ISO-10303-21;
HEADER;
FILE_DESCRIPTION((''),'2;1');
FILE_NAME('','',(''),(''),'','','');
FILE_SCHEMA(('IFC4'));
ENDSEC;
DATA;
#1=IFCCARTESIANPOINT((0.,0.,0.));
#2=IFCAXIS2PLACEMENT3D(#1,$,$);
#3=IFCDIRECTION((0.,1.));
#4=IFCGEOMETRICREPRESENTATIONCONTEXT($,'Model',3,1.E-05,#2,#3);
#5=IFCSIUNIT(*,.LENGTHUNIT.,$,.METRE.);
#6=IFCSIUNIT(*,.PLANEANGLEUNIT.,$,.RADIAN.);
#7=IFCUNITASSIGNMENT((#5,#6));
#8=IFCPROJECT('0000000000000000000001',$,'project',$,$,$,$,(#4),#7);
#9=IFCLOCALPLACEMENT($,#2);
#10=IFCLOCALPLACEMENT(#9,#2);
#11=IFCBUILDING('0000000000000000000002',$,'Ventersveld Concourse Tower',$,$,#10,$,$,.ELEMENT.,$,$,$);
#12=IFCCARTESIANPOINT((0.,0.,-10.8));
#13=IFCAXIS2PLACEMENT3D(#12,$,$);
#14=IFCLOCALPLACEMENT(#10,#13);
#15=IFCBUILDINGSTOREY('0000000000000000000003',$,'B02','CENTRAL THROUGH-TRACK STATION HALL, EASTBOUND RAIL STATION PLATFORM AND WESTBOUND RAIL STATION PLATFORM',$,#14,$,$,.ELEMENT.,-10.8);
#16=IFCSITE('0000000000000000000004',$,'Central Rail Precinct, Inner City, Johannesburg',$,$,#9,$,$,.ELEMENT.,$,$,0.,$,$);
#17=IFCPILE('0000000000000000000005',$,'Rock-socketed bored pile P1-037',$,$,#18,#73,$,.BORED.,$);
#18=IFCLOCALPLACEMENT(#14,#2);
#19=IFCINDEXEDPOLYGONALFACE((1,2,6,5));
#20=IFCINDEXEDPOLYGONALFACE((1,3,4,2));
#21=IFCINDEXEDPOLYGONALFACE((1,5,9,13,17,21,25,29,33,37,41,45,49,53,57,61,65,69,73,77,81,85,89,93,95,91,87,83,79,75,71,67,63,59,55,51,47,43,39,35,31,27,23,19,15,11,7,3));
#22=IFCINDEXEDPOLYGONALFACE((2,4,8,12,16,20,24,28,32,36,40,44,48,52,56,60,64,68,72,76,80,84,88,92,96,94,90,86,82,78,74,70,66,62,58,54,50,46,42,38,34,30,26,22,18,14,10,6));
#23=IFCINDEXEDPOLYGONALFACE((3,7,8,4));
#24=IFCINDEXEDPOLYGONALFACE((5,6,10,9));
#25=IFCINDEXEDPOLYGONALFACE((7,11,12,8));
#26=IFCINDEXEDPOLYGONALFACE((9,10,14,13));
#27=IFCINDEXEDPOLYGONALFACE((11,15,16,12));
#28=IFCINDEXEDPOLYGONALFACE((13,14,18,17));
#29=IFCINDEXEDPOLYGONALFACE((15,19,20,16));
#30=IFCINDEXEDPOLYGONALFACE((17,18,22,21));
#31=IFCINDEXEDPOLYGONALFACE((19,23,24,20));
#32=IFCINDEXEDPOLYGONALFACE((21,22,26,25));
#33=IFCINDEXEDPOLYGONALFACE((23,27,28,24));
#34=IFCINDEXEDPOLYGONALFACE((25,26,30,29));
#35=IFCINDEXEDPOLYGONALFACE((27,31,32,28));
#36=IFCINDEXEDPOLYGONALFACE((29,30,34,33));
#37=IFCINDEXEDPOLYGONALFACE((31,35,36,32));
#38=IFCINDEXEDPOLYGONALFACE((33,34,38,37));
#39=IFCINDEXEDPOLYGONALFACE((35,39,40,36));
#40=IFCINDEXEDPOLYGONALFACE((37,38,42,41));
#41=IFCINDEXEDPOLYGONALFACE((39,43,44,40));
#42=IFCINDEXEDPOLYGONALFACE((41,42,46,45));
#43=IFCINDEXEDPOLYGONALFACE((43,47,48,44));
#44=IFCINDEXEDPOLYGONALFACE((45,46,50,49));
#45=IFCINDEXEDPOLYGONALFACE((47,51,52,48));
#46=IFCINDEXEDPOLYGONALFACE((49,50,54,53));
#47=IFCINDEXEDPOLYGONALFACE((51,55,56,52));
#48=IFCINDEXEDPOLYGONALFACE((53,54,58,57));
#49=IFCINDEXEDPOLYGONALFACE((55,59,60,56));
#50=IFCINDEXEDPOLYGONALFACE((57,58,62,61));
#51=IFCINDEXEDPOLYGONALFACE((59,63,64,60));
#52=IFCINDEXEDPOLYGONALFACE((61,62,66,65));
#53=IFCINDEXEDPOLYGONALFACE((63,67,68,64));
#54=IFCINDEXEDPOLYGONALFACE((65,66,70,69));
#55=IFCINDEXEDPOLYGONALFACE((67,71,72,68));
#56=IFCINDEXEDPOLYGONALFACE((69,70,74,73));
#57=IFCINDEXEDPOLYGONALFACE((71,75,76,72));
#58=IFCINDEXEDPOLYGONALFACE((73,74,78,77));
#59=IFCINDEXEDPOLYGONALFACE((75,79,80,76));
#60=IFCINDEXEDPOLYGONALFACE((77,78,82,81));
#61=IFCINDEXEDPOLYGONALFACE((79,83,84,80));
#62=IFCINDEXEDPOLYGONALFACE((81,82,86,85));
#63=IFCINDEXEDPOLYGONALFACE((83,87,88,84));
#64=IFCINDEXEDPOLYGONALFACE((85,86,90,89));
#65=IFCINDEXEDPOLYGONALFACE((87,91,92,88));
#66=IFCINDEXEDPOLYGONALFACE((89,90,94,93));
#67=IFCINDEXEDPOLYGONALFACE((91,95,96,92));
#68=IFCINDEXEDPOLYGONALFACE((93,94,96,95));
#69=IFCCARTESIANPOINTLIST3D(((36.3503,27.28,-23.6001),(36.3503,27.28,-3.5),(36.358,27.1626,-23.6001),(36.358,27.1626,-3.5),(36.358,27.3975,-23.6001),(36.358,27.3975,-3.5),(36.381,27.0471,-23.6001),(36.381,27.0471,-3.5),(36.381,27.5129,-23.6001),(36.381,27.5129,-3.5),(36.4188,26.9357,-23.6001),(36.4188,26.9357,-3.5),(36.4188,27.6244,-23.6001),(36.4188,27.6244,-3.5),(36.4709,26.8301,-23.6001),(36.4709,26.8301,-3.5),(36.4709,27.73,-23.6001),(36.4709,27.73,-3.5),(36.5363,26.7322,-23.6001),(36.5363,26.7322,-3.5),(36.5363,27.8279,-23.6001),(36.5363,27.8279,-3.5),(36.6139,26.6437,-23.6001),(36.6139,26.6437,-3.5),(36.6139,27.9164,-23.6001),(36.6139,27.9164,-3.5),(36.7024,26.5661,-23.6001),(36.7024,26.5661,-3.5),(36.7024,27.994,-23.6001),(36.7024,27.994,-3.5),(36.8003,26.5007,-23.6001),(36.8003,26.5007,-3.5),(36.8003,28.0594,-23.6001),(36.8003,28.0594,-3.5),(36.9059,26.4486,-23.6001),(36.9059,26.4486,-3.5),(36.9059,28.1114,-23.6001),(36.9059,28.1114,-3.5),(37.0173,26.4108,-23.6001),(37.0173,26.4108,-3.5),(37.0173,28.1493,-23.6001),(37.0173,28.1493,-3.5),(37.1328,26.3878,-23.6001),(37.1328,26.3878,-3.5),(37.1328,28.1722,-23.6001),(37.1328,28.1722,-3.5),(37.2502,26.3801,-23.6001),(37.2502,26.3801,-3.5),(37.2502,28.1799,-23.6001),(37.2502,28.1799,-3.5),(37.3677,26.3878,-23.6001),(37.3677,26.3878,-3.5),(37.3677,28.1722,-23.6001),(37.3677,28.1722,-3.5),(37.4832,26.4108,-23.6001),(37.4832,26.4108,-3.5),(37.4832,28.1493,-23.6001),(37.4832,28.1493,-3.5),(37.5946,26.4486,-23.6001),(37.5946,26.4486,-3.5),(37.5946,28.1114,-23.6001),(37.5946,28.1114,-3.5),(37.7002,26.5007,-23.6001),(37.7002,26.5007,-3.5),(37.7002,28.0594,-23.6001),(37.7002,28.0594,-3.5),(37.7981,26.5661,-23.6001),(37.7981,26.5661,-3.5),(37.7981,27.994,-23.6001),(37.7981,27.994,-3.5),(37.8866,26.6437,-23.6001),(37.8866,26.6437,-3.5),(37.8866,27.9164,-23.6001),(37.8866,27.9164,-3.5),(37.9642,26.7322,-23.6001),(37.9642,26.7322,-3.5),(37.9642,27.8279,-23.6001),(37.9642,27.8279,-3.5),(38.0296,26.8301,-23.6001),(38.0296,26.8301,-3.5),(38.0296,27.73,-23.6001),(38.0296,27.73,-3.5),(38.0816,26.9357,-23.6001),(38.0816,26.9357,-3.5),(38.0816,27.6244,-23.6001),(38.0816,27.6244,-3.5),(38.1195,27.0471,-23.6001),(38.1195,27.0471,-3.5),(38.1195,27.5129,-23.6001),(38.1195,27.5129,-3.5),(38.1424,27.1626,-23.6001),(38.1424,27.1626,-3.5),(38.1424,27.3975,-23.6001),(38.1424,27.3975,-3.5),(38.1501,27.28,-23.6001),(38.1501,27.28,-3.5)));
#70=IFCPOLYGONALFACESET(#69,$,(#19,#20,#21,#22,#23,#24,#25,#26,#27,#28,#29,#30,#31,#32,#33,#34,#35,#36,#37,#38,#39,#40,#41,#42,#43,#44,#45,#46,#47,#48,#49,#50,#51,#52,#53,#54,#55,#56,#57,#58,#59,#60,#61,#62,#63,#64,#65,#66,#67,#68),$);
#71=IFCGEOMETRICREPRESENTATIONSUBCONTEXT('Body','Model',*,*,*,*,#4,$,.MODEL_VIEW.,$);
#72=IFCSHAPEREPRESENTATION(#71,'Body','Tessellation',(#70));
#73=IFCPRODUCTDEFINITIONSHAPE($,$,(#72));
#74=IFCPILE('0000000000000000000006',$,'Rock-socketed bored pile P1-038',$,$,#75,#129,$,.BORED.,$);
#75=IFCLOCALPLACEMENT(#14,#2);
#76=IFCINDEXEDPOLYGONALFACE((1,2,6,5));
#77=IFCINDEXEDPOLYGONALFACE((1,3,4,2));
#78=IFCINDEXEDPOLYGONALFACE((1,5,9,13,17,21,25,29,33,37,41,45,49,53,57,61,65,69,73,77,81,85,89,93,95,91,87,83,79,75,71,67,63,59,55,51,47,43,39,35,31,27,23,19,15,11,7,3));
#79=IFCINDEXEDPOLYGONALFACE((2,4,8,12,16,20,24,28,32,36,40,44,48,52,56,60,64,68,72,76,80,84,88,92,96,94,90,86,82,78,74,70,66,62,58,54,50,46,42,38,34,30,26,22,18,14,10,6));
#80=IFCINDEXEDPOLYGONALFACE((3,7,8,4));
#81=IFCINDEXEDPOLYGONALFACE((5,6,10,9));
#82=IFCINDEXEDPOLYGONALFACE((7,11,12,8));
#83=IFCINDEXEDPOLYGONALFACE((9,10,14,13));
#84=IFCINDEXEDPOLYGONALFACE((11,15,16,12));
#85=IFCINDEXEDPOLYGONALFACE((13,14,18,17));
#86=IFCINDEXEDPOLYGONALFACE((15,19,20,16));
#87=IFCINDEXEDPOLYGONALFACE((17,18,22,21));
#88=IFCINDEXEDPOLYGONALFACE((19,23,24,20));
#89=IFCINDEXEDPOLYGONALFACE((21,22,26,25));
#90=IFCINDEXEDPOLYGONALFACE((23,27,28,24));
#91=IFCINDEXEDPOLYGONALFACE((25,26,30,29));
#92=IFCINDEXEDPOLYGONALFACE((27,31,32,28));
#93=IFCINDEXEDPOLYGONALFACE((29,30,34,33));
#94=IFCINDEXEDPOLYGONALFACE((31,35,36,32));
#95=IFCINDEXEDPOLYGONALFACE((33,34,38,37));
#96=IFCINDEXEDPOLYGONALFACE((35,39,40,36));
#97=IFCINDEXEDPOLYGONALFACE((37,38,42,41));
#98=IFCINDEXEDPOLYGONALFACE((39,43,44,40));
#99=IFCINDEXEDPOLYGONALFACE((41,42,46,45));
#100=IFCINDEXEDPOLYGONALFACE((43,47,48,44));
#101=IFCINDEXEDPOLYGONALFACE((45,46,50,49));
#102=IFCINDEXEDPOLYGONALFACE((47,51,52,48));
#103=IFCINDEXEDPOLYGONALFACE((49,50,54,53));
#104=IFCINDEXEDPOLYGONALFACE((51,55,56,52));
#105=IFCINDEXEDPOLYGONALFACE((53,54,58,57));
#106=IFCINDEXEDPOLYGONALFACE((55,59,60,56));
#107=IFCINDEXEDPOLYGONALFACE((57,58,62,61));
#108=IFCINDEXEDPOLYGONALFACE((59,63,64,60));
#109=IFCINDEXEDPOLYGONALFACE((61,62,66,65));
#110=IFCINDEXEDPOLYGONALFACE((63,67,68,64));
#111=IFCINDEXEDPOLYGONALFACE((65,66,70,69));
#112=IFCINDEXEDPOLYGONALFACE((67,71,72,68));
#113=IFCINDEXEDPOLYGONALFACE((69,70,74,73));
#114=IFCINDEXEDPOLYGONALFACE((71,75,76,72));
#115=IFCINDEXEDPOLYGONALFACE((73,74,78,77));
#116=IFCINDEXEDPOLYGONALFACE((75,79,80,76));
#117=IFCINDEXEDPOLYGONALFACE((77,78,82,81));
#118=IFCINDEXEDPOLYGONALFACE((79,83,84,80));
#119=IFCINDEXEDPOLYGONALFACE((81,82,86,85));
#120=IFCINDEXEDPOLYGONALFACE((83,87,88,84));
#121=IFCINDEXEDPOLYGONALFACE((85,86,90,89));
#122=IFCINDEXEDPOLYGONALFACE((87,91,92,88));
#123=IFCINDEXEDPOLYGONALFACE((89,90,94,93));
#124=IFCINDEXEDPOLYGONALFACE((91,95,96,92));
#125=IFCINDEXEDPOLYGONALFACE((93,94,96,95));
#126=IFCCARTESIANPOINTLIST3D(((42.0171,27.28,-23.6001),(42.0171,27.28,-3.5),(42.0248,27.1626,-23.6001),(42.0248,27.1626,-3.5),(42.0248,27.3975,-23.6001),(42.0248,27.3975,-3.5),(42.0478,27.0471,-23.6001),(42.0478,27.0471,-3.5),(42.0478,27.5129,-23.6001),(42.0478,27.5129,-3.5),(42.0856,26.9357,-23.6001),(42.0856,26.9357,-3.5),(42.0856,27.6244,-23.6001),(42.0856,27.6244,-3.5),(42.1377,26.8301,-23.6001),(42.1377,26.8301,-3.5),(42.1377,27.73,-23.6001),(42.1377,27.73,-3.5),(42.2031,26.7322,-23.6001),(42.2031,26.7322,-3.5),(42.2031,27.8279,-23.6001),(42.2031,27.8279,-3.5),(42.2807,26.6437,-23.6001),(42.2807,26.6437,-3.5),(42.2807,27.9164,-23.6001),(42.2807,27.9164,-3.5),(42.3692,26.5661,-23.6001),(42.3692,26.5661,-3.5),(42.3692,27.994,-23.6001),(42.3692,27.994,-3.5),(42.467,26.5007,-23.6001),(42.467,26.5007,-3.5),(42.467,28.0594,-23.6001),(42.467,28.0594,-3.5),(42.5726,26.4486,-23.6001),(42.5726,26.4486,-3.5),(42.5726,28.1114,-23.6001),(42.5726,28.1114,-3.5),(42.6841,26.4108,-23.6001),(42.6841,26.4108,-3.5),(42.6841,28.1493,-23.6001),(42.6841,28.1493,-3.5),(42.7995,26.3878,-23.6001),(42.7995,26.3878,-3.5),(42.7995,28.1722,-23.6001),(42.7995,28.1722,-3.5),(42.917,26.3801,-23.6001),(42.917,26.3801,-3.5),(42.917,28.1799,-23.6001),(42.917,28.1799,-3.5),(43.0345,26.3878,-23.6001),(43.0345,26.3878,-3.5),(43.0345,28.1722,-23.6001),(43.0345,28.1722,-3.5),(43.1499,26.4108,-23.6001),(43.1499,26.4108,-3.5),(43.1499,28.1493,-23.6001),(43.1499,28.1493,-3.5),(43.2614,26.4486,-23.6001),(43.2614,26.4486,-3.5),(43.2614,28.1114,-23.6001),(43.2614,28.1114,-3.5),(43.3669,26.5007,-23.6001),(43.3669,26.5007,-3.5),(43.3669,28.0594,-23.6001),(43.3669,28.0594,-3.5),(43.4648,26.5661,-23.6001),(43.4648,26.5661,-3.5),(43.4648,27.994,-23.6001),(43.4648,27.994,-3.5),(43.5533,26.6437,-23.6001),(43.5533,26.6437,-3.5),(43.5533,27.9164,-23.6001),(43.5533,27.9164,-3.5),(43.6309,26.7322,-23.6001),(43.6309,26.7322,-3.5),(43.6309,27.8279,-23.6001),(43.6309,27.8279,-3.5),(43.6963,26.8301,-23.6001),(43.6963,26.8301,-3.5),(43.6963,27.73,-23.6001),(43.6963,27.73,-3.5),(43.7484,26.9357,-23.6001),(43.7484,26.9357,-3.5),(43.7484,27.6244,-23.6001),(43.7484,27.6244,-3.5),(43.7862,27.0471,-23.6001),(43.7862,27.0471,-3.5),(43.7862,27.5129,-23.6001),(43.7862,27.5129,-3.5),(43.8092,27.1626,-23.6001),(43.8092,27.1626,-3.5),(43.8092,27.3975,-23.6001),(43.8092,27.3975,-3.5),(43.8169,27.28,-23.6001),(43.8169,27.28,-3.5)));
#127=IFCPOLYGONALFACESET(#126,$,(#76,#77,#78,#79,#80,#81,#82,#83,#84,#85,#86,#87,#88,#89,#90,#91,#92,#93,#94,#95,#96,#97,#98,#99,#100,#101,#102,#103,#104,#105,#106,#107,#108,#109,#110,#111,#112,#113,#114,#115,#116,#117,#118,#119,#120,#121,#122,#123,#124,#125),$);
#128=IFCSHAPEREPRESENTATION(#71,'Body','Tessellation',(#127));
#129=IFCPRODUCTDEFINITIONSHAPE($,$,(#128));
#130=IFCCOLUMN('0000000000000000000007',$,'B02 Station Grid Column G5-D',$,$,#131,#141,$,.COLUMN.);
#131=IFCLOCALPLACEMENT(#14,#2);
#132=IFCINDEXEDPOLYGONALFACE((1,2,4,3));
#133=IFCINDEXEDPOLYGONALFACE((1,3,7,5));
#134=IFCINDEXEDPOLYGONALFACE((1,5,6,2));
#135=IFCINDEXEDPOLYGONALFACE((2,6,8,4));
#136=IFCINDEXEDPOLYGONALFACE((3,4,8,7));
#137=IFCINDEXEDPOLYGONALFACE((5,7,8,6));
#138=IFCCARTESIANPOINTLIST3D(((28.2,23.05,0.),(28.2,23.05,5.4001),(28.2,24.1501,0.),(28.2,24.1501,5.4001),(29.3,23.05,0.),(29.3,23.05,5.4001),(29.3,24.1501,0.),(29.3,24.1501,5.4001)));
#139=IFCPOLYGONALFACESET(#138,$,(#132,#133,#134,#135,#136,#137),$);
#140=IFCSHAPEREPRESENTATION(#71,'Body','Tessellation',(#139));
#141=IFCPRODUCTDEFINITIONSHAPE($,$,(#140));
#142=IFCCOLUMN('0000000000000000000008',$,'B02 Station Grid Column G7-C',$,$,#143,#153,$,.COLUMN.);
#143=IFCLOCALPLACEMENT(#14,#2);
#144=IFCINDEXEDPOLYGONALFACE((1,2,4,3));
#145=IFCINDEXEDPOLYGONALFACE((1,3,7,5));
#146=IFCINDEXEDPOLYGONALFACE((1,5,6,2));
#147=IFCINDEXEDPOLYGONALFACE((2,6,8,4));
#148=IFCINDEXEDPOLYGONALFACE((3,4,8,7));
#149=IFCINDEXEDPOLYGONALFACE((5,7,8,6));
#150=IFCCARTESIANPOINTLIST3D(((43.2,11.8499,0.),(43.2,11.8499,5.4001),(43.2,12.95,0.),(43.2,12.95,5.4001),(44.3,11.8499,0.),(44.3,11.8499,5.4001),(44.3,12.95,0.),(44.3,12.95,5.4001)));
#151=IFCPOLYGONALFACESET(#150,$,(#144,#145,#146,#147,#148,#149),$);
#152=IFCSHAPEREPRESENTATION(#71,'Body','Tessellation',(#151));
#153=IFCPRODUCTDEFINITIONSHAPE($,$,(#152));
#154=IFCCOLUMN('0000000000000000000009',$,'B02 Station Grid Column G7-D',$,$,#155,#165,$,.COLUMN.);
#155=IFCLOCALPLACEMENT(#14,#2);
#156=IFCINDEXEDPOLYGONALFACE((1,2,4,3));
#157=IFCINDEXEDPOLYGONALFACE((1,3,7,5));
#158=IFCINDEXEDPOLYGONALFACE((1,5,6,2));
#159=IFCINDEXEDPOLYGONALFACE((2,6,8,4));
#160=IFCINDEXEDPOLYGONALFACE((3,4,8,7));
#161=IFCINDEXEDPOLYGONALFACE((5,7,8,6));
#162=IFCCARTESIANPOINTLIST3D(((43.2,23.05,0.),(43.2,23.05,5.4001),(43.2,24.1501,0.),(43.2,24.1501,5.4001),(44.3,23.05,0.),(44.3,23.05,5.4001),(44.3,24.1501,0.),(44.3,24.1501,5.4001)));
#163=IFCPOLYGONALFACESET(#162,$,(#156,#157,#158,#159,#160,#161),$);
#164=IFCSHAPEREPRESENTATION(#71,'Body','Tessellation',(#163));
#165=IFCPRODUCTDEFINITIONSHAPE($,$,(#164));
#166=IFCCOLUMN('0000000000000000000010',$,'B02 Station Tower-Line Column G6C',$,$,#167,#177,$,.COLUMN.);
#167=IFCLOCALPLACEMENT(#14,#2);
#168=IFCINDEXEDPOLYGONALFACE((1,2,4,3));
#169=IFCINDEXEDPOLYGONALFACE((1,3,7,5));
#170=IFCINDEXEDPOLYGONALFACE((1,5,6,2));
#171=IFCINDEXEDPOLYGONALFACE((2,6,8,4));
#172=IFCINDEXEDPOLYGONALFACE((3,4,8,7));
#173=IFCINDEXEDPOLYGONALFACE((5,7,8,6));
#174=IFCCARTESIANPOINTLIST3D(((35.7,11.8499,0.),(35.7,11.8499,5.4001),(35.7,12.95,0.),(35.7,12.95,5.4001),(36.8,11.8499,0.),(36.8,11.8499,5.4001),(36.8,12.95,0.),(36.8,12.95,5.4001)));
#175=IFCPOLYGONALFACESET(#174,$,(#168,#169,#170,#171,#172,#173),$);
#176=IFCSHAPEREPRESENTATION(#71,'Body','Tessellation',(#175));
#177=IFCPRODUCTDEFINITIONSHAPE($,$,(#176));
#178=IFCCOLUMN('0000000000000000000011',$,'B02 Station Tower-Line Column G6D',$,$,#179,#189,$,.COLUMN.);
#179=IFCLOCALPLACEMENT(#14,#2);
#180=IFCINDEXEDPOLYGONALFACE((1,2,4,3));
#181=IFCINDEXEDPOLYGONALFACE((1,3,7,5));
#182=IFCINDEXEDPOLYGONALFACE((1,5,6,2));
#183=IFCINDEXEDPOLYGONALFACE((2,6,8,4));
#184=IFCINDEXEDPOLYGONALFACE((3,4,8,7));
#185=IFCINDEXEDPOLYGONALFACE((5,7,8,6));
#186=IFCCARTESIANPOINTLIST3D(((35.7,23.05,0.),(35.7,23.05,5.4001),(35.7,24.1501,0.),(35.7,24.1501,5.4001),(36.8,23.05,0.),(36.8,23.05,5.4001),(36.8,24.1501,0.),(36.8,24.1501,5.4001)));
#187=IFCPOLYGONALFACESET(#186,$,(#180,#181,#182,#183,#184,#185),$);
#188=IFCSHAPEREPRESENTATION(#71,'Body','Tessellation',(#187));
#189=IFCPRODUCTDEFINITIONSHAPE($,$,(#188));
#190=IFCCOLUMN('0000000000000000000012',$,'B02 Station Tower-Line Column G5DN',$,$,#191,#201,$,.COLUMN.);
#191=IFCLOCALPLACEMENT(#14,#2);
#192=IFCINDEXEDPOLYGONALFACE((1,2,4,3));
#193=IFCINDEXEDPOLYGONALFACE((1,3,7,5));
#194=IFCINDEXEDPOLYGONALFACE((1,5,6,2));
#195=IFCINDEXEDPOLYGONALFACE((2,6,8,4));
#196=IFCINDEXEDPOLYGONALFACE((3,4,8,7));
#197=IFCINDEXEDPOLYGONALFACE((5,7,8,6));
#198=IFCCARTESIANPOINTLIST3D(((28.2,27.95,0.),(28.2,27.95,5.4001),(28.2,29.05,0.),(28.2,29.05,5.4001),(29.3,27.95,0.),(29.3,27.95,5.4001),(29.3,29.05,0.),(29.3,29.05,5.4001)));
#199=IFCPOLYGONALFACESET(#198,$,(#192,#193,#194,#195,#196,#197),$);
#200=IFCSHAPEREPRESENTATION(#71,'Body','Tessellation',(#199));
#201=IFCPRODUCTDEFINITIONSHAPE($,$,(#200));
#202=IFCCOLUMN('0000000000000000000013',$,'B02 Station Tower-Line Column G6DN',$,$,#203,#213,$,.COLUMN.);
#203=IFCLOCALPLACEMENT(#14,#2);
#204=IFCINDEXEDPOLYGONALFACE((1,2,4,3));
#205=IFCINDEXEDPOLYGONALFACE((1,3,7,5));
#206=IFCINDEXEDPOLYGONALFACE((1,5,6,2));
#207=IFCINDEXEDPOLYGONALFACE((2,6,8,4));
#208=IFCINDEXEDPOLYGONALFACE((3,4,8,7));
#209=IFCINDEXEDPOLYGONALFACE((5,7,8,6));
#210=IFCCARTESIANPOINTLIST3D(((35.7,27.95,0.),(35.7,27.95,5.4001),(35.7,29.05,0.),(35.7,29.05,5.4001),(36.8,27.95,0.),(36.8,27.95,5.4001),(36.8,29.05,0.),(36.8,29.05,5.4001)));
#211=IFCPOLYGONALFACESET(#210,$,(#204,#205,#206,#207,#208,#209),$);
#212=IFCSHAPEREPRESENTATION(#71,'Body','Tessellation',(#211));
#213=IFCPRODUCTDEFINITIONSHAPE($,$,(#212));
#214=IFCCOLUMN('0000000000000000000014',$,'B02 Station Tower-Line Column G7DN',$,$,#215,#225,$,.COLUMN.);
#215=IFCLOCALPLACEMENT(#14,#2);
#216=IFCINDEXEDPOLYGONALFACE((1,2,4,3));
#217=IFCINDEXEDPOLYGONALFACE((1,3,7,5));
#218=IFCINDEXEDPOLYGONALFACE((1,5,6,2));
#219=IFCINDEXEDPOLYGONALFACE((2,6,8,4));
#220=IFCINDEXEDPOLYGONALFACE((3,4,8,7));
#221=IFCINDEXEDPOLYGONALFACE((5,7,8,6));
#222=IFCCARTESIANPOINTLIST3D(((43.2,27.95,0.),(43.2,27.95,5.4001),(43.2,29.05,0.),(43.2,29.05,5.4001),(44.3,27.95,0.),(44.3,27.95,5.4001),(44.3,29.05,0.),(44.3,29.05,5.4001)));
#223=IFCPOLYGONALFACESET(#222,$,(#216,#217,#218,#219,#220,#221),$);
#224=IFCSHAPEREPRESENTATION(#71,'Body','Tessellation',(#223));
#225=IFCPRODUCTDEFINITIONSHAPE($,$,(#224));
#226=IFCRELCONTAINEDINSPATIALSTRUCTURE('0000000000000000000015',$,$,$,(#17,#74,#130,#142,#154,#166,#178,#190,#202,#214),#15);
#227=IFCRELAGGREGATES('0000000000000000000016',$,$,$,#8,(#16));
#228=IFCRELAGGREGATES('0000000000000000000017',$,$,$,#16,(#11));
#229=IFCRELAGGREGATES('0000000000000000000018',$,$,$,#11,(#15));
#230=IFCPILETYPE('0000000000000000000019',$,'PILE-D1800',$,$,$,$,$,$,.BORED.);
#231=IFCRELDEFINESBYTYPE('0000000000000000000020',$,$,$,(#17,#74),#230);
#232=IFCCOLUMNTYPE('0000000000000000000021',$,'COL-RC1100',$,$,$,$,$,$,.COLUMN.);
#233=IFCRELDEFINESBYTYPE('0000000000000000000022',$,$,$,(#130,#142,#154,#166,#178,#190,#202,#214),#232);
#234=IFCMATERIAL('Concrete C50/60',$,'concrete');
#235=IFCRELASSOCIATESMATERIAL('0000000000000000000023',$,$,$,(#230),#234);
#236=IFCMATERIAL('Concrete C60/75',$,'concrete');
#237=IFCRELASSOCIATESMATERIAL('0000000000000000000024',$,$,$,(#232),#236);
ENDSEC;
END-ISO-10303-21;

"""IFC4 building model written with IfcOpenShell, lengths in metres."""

from ifc_helpers import new_model, si_unit, direction, frame, origin, origin_2d, place, context, subcontext, project, spatial, rectangle, circle, extrude, material, material_profile, profile_set, type_object, element, save


model = new_model("IFC4")

# Units and contexts
model_context = context("Model", 3, precision=1e-05, world=origin(), true_north=direction((0.0, 1.0)))
body_context = subcontext(model_context, "Body", "Model", "MODEL_VIEW")
ifc_project = project(units=[si_unit("LENGTHUNIT", "METRE"), si_unit("PLANEANGLEUNIT", "RADIAN")], contexts=[model_context])

# Site, building, storey
site_placement = place(None, origin())
site = spatial("IfcSite", under=ifc_project, at=site_placement, Name="Central Rail Precinct, Inner City, Johannesburg", CompositionType="ELEMENT", RefElevation=0.0)
building_placement = place(site_placement, origin())
building = spatial("IfcBuilding", under=site, at=building_placement, Name="Ventersveld Concourse Tower", CompositionType="ELEMENT")
storey_placement = place(building_placement, frame((0.0, 0.0, -10.8)))
storey = spatial("IfcBuildingStorey", under=building, at=storey_placement, Name="B02", Description="CENTRAL THROUGH-TRACK STATION HALL, EASTBOUND RAIL STATION PLATFORM AND WESTBOUND RAIL STATION PLATFORM", CompositionType="ELEMENT", Elevation=-10.8)

# Piles
ifc_material_1 = material(Name="Concrete C50/60", Category="concrete")
ifc_material_profile_1 = material_profile(ifc_material_1, circle(Radius=0.8999, at=origin_2d()), Name="PILE D1800")
ifc_profile_set_1 = profile_set([ifc_material_profile_1], Name="Concrete C50/60")
pile_type = type_object("IfcPileType", Name="PILE-D1800", PredefinedType="BORED", material=ifc_profile_set_1)
for number, where, z_axis, x_axis, name in (
    (1, (37.2502, 27.28, -3.5), (0.0, 0.0, -1.0), (1.0, 0.0, 0.0), "Rock-socketed bored pile P1-037"),
    (2, (42.917, 27.28, -3.5), (0.0, 0.0, -1.0), (1.0, 0.0, 0.0), "Rock-socketed bored pile P1-038"),
):
    element("IfcPile", number, at=place(storey_placement, frame(where, z_axis=z_axis, x_axis=x_axis)), inside=storey, type_object=pile_type, Name=name, PredefinedType="BORED", context=body_context, shape_type="SweptSolid", body=[
        extrude(circle(Radius=0.8999, at=origin_2d()), origin(), (0.0, 0.0, 1.0), 20.1001),
    ])

# Columns
ifc_material_2 = material(Name="Concrete C60/75", Category="concrete")
ifc_material_profile_2 = material_profile(ifc_material_2, rectangle(XDim=1.1001, YDim=1.1001, at=origin_2d()), Name="RC 1100x1100")
ifc_profile_set_2 = profile_set([ifc_material_profile_2], Name="Concrete C60/75")
column_type = type_object("IfcColumnType", Name="COL-RC1100", PredefinedType="COLUMN", material=ifc_profile_set_2)
for number, where, z_axis, x_axis, name in (
    (3, (28.75, 23.6001, 0.0), (0.0, 0.0, 1.0), (1.0, 0.0, 0.0), "B02 Station Grid Column G5-D"),
    (4, (43.75, 12.3999, 0.0), (0.0, 0.0, 1.0), (1.0, 0.0, 0.0), "B02 Station Grid Column G7-C"),
    (5, (43.75, 23.6001, 0.0), (0.0, 0.0, 1.0), (1.0, 0.0, 0.0), "B02 Station Grid Column G7-D"),
    (6, (36.25, 12.3999, 0.0), (0.0, 0.0, 1.0), (1.0, 0.0, 0.0), "B02 Station Tower-Line Column G6C"),
    (7, (36.25, 23.6001, 0.0), (0.0, 0.0, 1.0), (1.0, 0.0, 0.0), "B02 Station Tower-Line Column G6D"),
    (8, (28.75, 28.5, 0.0), (0.0, 0.0, 1.0), (1.0, 0.0, 0.0), "B02 Station Tower-Line Column G5DN"),
    (9, (36.25, 28.5, 0.0), (0.0, 0.0, 1.0), (1.0, 0.0, 0.0), "B02 Station Tower-Line Column G6DN"),
    (10, (43.75, 28.5, 0.0), (0.0, 0.0, 1.0), (1.0, 0.0, 0.0), "B02 Station Tower-Line Column G7DN"),
):
    element("IfcColumn", number, at=place(storey_placement, frame(where, z_axis=z_axis, x_axis=x_axis)), inside=storey, type_object=column_type, Name=name, PredefinedType="COLUMN", context=body_context, shape_type="SweptSolid", body=[
        extrude(rectangle(XDim=1.1001, YDim=1.1001, at=origin_2d()), origin(), (0.0, 0.0, 1.0), 5.4001),
    ])

save(model, "model.ifc")
